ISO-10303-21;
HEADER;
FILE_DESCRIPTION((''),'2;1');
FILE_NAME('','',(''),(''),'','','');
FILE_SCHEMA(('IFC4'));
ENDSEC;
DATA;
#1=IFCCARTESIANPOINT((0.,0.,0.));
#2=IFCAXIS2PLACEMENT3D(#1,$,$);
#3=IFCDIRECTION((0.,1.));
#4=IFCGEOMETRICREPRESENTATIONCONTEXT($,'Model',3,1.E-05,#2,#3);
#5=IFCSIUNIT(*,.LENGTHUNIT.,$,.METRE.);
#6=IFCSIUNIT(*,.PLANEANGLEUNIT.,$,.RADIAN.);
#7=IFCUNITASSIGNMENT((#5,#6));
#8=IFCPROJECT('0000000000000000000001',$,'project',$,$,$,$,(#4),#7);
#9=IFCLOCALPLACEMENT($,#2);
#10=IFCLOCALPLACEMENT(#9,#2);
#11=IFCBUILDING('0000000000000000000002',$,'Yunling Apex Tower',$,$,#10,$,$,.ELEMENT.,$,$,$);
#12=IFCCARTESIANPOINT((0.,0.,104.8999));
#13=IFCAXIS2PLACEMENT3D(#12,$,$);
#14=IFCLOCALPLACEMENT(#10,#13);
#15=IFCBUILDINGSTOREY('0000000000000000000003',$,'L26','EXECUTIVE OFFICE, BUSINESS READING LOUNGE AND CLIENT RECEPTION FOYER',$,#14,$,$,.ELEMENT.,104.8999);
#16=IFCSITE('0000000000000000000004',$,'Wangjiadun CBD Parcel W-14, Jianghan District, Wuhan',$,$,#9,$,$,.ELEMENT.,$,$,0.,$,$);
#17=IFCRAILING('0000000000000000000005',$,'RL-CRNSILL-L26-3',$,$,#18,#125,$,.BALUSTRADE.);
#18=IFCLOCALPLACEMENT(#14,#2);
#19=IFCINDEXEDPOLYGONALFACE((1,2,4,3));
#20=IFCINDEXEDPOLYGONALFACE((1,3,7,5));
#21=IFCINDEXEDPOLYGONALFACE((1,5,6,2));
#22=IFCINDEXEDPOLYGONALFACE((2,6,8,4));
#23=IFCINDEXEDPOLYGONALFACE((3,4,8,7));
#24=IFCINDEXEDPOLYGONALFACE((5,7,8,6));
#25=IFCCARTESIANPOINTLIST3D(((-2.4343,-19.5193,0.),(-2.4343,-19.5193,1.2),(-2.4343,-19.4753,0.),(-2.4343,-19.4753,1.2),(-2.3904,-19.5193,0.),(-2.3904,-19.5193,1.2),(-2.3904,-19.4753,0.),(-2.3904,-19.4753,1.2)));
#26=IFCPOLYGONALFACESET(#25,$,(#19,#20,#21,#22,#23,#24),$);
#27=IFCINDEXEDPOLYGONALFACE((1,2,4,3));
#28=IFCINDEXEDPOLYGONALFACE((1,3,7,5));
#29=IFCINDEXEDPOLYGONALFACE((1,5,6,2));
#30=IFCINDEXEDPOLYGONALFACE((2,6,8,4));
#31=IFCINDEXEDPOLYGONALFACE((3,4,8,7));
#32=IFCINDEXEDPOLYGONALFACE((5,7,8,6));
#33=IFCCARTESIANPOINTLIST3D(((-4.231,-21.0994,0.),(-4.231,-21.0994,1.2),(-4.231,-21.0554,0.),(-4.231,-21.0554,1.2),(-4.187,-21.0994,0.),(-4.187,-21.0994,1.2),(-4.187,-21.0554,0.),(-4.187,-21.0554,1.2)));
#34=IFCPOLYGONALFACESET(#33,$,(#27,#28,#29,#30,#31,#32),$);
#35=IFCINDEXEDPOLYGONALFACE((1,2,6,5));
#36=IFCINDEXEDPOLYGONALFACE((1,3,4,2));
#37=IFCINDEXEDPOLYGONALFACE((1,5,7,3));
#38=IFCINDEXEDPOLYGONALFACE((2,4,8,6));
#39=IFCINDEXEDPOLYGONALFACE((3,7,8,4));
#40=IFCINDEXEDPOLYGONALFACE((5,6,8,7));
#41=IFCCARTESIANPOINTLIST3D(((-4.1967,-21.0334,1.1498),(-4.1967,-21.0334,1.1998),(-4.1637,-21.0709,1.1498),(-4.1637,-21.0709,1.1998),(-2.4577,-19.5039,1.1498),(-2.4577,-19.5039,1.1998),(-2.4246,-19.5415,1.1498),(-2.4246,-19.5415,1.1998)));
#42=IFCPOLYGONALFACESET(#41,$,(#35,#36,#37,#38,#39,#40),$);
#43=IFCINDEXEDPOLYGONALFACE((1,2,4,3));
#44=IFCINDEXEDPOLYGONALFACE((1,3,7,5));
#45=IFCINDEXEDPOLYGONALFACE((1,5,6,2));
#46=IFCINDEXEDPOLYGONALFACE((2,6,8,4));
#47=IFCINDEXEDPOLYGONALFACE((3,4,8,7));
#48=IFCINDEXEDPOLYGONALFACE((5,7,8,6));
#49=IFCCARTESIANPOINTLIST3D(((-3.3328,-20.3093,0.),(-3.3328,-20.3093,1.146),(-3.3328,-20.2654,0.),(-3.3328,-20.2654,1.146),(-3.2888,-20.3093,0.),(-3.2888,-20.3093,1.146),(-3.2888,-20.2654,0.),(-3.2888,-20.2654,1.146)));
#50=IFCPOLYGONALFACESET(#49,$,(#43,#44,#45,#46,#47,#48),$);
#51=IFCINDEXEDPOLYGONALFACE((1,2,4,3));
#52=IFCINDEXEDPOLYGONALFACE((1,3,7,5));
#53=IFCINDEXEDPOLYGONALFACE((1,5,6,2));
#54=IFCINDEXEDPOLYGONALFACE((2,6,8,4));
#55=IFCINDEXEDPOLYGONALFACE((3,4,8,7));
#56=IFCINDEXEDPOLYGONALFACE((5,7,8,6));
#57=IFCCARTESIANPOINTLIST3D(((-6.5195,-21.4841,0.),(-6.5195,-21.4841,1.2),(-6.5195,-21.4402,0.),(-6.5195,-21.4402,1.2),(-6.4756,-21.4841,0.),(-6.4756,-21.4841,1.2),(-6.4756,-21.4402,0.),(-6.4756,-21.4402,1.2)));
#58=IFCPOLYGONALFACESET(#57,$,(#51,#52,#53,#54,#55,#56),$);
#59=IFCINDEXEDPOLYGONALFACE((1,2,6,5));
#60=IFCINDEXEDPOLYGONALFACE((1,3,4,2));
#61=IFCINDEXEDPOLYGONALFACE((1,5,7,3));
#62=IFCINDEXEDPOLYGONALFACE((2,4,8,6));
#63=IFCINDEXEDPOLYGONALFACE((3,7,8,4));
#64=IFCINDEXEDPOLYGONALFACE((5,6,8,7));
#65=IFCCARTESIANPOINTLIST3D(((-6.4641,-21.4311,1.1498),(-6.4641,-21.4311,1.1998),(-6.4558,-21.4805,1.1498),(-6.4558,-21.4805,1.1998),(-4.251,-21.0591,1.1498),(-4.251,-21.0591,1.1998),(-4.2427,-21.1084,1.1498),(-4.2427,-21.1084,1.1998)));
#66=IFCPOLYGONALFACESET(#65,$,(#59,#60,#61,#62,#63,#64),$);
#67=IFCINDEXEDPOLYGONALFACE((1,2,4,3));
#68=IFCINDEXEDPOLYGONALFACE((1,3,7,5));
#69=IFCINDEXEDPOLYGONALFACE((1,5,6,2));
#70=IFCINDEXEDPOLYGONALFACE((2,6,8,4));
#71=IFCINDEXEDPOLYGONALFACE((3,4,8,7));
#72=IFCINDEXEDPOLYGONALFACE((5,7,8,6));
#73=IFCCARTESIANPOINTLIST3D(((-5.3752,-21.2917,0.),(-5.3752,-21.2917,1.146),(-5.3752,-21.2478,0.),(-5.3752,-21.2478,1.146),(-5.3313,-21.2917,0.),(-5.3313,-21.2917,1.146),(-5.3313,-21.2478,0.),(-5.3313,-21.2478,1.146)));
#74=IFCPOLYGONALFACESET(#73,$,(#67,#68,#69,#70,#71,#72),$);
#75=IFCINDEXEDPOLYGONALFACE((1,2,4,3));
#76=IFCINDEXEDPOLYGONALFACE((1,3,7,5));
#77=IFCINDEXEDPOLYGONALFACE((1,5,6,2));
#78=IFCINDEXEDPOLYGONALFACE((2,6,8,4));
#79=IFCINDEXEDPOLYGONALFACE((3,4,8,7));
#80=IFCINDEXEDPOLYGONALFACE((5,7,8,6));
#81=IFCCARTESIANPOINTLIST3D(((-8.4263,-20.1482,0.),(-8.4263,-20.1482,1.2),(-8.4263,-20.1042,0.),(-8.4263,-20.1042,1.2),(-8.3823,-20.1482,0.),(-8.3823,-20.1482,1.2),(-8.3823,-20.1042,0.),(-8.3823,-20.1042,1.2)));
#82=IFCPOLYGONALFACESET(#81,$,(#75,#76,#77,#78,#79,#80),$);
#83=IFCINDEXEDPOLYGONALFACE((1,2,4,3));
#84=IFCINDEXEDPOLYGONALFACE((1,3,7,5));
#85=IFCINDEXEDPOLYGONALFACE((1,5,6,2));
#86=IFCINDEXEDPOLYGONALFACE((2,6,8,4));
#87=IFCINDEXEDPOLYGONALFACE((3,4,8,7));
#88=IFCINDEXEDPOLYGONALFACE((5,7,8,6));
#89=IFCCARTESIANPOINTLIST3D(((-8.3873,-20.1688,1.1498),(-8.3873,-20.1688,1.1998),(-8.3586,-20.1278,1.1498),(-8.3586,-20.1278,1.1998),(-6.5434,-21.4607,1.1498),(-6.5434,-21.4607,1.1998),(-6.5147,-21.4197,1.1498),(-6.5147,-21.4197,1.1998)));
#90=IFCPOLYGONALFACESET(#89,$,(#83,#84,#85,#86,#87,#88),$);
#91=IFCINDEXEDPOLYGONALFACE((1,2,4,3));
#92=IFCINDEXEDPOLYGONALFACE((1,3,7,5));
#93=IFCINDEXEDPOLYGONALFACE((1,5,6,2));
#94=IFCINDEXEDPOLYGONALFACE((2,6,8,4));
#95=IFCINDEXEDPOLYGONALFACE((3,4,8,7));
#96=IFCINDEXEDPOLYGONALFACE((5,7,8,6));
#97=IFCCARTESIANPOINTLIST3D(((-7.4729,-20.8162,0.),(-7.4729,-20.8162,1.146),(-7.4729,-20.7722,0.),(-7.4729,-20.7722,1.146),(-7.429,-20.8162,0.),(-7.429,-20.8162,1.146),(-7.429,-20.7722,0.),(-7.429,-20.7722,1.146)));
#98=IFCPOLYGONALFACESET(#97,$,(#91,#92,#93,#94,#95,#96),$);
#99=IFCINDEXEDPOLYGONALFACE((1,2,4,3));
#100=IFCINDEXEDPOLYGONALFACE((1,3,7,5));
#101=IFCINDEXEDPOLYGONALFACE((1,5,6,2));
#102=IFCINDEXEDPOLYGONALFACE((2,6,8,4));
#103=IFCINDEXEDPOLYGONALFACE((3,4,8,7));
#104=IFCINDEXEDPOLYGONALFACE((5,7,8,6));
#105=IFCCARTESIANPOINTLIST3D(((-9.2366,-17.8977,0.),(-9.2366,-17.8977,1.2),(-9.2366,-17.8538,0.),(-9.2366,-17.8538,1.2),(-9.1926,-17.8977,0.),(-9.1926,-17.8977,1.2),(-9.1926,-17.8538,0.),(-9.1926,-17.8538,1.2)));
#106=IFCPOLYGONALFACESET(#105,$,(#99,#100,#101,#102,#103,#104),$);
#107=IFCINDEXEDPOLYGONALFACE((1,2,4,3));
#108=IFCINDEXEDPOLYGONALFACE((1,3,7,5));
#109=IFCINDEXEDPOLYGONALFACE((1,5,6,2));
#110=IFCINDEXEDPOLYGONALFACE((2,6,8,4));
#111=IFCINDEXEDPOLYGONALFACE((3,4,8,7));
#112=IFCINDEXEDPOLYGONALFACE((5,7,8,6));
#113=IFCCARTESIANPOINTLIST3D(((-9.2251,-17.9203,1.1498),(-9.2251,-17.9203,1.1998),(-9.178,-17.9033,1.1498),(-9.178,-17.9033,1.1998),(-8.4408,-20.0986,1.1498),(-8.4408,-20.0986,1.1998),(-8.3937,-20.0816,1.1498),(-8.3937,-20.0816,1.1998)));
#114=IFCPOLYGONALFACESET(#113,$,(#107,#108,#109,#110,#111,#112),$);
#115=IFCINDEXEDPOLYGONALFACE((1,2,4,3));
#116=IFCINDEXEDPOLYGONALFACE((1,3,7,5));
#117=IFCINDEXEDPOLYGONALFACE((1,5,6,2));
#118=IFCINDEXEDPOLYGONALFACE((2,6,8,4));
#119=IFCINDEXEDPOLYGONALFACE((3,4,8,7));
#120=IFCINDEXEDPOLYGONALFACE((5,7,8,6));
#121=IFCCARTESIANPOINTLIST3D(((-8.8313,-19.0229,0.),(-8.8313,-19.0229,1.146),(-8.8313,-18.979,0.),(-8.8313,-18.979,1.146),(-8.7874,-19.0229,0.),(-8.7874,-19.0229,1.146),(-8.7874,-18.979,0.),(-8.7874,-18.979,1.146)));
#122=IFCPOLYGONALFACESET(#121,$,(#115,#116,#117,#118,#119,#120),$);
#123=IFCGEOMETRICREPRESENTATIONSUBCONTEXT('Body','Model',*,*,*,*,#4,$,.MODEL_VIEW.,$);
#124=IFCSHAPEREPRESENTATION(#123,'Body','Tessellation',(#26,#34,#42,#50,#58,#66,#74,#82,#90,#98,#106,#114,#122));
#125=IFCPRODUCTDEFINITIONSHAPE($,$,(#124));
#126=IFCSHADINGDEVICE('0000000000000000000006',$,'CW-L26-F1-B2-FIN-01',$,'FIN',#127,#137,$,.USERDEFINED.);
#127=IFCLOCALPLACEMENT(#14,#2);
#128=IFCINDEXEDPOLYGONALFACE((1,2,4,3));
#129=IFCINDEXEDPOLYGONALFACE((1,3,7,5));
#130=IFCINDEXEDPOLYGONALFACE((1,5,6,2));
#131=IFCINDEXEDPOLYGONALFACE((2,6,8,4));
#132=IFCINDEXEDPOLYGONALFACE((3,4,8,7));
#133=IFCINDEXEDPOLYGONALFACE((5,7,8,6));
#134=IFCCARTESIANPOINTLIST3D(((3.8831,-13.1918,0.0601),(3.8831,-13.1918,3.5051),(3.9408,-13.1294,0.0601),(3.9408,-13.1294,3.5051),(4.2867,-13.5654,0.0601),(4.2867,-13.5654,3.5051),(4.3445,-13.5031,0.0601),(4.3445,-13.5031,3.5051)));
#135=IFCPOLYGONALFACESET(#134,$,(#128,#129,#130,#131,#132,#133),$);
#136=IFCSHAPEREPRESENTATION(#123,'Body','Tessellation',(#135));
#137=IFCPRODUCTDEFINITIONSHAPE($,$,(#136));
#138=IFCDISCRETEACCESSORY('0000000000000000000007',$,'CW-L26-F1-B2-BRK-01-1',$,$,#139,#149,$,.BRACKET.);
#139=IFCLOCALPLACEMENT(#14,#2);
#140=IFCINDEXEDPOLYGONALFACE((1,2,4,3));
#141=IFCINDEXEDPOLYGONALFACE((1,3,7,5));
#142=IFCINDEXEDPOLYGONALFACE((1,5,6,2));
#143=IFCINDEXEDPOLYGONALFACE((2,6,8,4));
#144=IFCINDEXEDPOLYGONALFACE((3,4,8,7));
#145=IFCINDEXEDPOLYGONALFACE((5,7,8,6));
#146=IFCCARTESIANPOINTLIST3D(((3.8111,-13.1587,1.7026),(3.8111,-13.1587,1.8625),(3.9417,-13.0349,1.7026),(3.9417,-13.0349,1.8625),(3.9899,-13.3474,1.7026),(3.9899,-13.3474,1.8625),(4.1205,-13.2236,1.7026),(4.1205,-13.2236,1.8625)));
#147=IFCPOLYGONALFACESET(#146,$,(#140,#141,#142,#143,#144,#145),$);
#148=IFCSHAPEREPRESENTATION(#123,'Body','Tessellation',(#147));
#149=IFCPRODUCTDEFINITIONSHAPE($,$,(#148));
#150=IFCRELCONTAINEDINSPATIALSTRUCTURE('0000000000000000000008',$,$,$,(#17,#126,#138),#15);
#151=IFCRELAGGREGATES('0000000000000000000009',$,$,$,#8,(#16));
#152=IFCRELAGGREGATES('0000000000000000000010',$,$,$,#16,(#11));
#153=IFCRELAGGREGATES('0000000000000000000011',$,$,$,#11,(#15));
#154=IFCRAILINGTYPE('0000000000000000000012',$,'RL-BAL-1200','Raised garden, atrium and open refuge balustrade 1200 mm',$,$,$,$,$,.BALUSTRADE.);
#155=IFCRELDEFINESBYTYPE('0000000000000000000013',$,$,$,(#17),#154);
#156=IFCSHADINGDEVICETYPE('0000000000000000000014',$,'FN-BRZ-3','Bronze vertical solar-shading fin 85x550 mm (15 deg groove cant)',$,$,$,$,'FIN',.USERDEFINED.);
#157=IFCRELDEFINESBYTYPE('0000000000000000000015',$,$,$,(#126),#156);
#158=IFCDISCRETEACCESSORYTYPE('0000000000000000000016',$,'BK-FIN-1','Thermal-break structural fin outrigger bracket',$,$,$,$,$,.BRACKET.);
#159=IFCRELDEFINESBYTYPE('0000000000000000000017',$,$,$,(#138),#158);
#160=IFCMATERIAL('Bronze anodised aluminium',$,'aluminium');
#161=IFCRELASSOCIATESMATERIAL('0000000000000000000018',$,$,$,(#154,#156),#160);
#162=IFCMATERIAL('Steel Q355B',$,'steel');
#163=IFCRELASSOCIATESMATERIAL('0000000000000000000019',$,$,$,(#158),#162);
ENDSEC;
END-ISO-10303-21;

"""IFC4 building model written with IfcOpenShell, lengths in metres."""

from ifc_helpers import new_model, si_unit, direction, frame, origin, origin_2d, place, context, subcontext, project, spatial, rectangle, extrude, source, transform, mapped, material, material_profile, profile_set, type_object, element, save


model = new_model("IFC4")

# Units and contexts
model_context = context("Model", 3, precision=1e-05, world=origin(), true_north=direction((0.0, 1.0)))
body_context = subcontext(model_context, "Body", "Model", "MODEL_VIEW")
ifc_project = project(units=[si_unit("LENGTHUNIT", "METRE"), si_unit("PLANEANGLEUNIT", "RADIAN")], contexts=[model_context])

# Site, building, storey
site_placement = place(None, origin())
site = spatial("IfcSite", under=ifc_project, at=site_placement, Name="Wangjiadun CBD Parcel W-14, Jianghan District, Wuhan", CompositionType="ELEMENT", RefElevation=0.0)
building_placement = place(site_placement, origin())
building = spatial("IfcBuilding", under=site, at=building_placement, Name="Yunling Apex Tower", CompositionType="ELEMENT")
storey_placement = place(building_placement, frame((0.0, 0.0, 104.8999)))
storey = spatial("IfcBuildingStorey", under=building, at=storey_placement, Name="L26", Description="EXECUTIVE OFFICE, BUSINESS READING LOUNGE AND CLIENT RECEPTION FOYER", CompositionType="ELEMENT", Elevation=104.8999)

# Shared definitions
ifc_material_1 = material(Name="Steel Q355B", Category="steel")

# Shared definitions
ifc_material_2 = material(Name="Bronze anodised aluminium", Category="aluminium")

# Railing
railing_type = type_object("IfcRailingType", Name="RL-BAL-1200", Description="Raised garden, atrium and open refuge balustrade 1200 mm", PredefinedType="BALUSTRADE", material=ifc_material_2)
railing_placement = place(storey_placement, frame((-2.4124, -19.4973, 0.0)))
element("IfcRailing", 1, at=railing_placement, inside=storey, type_object=railing_type, Name="RL-CRNSILL-L26-3", PredefinedType="BALUSTRADE", context=body_context, shape_type="SweptSolid", body=[
    extrude(rectangle(XDim=0.0439, YDim=0.0439, at=origin_2d()), origin(), (0.0, 0.0, 1.0), 1.2),
    extrude(rectangle(XDim=0.0439, YDim=0.0439, at=origin_2d()), frame((-1.7966, -1.5801, 0.0)), (0.0, 0.0, 1.0), 1.2),
    extrude(rectangle(XDim=0.05, YDim=0.05, at=origin_2d()), frame((-0.0288, -0.0254, 1.1748), z_axis=(-0.750912, -0.660402, 0.0), x_axis=(0.660402, -0.750912, 0.0)), (0.0, 0.0, 1.0), 2.3159),
    extrude(rectangle(XDim=0.0439, YDim=0.0439, at=origin_2d()), frame((-0.8984, -0.79, 0.0)), (0.0, 0.0, 1.0), 1.146),
    extrude(rectangle(XDim=0.0439, YDim=0.0439, at=origin_2d()), frame((-4.0852, -1.9648, 0.0)), (0.0, 0.0, 1.0), 1.2),
    extrude(rectangle(XDim=0.05, YDim=0.05, at=origin_2d()), frame((-1.8345, -1.5864, 1.1748), z_axis=(-0.98616, -0.165798, 0.0), x_axis=(0.165798, -0.98616, 0.0)), (0.0, 0.0, 1.0), 2.2441),
    extrude(rectangle(XDim=0.0439, YDim=0.0439, at=origin_2d()), frame((-2.9409, -1.7725, 0.0)), (0.0, 0.0, 1.0), 1.146),
    extrude(rectangle(XDim=0.0439, YDim=0.0439, at=origin_2d()), frame((-5.9919, -0.6289, 0.0)), (0.0, 0.0, 1.0), 1.2),
    extrude(rectangle(XDim=0.05, YDim=0.05, at=origin_2d()), frame((-4.1167, -1.9429, 1.1748), z_axis=(-0.818986, 0.573814, 0.0), x_axis=(-0.573814, -0.818986, 0.0)), (0.0, 0.0, 1.0), 2.2515),
    extrude(rectangle(XDim=0.0439, YDim=0.0439, at=origin_2d()), frame((-5.0386, -1.2969, 0.0)), (0.0, 0.0, 1.0), 1.146),
    extrude(rectangle(XDim=0.0439, YDim=0.0439, at=origin_2d()), frame((-6.8022, 1.6216, 0.0)), (0.0, 0.0, 1.0), 1.2),
    extrude(rectangle(XDim=0.05, YDim=0.05, at=origin_2d()), frame((-6.0049, -0.5928, 1.1748), z_axis=(-0.338766, 0.94087, 0.0), x_axis=(-0.94087, -0.338766, 0.0)), (0.0, 0.0, 1.0), 2.3152),
    extrude(rectangle(XDim=0.0439, YDim=0.0439, at=origin_2d()), frame((-6.397, 0.4963, 0.0)), (0.0, 0.0, 1.0), 1.146),
])

# Shading device
ifc_material_profile_1 = material_profile(ifc_material_2, rectangle(XDim=0.085, YDim=0.55, at=origin_2d()))
ifc_profile_set_1 = profile_set([ifc_material_profile_1], Name="Bronze anodised aluminium")
shading_device_type = type_object("IfcShadingDeviceType", Name="FN-BRZ-3", Description="Bronze vertical solar-shading fin 85x550 mm (15 deg groove cant)", ElementType="FIN", PredefinedType="USERDEFINED", material=ifc_profile_set_1)
shared_shape_1 = source(origin(), body_context, "Body", "SweptSolid", [
    extrude(rectangle(XDim=0.085, YDim=0.55, at=origin_2d()), origin(), (0.0, 0.0, 1.0), 3.4451),
])
shading_device_placement = place(storey_placement, frame((4.1138, -13.3474, 0.0601), z_axis=(0.0, 0.0, 1.0), x_axis=(0.679313, 0.733848, 0.0)))
element("IfcShadingDevice", 2, at=shading_device_placement, inside=storey, type_object=shading_device_type, Name="CW-L26-F1-B2-FIN-01", ObjectType="FIN", PredefinedType="USERDEFINED", context=body_context, shape_type="MappedRepresentation", body=[
    mapped(shared_shape_1, transform((0.0, 0.0, 0.0), scale=1.0)),
])

# Discrete accessory
discrete_accessory_type = type_object("IfcDiscreteAccessoryType", Name="BK-FIN-1", Description="Thermal-break structural fin outrigger bracket", PredefinedType="BRACKET", material=ifc_material_1)
shared_shape_2 = source(origin(), body_context, "Body", "SweptSolid", [
    extrude(rectangle(XDim=0.1799, YDim=0.26, at=origin_2d()), origin(), (0.0, 0.0, 1.0), 0.1599),
])
discrete_accessory_placement = place(storey_placement, frame((3.9658, -13.1912, 1.7026), z_axis=(0.0, 0.0, 1.0), x_axis=(0.725855, 0.687848, 0.0)))
element("IfcDiscreteAccessory", 3, at=discrete_accessory_placement, inside=storey, type_object=discrete_accessory_type, Name="CW-L26-F1-B2-BRK-01-1", PredefinedType="BRACKET", context=body_context, shape_type="MappedRepresentation", body=[
    mapped(shared_shape_2, transform((0.0, 0.0, 0.0), scale=1.0)),
])

save(model, "model.ifc")
